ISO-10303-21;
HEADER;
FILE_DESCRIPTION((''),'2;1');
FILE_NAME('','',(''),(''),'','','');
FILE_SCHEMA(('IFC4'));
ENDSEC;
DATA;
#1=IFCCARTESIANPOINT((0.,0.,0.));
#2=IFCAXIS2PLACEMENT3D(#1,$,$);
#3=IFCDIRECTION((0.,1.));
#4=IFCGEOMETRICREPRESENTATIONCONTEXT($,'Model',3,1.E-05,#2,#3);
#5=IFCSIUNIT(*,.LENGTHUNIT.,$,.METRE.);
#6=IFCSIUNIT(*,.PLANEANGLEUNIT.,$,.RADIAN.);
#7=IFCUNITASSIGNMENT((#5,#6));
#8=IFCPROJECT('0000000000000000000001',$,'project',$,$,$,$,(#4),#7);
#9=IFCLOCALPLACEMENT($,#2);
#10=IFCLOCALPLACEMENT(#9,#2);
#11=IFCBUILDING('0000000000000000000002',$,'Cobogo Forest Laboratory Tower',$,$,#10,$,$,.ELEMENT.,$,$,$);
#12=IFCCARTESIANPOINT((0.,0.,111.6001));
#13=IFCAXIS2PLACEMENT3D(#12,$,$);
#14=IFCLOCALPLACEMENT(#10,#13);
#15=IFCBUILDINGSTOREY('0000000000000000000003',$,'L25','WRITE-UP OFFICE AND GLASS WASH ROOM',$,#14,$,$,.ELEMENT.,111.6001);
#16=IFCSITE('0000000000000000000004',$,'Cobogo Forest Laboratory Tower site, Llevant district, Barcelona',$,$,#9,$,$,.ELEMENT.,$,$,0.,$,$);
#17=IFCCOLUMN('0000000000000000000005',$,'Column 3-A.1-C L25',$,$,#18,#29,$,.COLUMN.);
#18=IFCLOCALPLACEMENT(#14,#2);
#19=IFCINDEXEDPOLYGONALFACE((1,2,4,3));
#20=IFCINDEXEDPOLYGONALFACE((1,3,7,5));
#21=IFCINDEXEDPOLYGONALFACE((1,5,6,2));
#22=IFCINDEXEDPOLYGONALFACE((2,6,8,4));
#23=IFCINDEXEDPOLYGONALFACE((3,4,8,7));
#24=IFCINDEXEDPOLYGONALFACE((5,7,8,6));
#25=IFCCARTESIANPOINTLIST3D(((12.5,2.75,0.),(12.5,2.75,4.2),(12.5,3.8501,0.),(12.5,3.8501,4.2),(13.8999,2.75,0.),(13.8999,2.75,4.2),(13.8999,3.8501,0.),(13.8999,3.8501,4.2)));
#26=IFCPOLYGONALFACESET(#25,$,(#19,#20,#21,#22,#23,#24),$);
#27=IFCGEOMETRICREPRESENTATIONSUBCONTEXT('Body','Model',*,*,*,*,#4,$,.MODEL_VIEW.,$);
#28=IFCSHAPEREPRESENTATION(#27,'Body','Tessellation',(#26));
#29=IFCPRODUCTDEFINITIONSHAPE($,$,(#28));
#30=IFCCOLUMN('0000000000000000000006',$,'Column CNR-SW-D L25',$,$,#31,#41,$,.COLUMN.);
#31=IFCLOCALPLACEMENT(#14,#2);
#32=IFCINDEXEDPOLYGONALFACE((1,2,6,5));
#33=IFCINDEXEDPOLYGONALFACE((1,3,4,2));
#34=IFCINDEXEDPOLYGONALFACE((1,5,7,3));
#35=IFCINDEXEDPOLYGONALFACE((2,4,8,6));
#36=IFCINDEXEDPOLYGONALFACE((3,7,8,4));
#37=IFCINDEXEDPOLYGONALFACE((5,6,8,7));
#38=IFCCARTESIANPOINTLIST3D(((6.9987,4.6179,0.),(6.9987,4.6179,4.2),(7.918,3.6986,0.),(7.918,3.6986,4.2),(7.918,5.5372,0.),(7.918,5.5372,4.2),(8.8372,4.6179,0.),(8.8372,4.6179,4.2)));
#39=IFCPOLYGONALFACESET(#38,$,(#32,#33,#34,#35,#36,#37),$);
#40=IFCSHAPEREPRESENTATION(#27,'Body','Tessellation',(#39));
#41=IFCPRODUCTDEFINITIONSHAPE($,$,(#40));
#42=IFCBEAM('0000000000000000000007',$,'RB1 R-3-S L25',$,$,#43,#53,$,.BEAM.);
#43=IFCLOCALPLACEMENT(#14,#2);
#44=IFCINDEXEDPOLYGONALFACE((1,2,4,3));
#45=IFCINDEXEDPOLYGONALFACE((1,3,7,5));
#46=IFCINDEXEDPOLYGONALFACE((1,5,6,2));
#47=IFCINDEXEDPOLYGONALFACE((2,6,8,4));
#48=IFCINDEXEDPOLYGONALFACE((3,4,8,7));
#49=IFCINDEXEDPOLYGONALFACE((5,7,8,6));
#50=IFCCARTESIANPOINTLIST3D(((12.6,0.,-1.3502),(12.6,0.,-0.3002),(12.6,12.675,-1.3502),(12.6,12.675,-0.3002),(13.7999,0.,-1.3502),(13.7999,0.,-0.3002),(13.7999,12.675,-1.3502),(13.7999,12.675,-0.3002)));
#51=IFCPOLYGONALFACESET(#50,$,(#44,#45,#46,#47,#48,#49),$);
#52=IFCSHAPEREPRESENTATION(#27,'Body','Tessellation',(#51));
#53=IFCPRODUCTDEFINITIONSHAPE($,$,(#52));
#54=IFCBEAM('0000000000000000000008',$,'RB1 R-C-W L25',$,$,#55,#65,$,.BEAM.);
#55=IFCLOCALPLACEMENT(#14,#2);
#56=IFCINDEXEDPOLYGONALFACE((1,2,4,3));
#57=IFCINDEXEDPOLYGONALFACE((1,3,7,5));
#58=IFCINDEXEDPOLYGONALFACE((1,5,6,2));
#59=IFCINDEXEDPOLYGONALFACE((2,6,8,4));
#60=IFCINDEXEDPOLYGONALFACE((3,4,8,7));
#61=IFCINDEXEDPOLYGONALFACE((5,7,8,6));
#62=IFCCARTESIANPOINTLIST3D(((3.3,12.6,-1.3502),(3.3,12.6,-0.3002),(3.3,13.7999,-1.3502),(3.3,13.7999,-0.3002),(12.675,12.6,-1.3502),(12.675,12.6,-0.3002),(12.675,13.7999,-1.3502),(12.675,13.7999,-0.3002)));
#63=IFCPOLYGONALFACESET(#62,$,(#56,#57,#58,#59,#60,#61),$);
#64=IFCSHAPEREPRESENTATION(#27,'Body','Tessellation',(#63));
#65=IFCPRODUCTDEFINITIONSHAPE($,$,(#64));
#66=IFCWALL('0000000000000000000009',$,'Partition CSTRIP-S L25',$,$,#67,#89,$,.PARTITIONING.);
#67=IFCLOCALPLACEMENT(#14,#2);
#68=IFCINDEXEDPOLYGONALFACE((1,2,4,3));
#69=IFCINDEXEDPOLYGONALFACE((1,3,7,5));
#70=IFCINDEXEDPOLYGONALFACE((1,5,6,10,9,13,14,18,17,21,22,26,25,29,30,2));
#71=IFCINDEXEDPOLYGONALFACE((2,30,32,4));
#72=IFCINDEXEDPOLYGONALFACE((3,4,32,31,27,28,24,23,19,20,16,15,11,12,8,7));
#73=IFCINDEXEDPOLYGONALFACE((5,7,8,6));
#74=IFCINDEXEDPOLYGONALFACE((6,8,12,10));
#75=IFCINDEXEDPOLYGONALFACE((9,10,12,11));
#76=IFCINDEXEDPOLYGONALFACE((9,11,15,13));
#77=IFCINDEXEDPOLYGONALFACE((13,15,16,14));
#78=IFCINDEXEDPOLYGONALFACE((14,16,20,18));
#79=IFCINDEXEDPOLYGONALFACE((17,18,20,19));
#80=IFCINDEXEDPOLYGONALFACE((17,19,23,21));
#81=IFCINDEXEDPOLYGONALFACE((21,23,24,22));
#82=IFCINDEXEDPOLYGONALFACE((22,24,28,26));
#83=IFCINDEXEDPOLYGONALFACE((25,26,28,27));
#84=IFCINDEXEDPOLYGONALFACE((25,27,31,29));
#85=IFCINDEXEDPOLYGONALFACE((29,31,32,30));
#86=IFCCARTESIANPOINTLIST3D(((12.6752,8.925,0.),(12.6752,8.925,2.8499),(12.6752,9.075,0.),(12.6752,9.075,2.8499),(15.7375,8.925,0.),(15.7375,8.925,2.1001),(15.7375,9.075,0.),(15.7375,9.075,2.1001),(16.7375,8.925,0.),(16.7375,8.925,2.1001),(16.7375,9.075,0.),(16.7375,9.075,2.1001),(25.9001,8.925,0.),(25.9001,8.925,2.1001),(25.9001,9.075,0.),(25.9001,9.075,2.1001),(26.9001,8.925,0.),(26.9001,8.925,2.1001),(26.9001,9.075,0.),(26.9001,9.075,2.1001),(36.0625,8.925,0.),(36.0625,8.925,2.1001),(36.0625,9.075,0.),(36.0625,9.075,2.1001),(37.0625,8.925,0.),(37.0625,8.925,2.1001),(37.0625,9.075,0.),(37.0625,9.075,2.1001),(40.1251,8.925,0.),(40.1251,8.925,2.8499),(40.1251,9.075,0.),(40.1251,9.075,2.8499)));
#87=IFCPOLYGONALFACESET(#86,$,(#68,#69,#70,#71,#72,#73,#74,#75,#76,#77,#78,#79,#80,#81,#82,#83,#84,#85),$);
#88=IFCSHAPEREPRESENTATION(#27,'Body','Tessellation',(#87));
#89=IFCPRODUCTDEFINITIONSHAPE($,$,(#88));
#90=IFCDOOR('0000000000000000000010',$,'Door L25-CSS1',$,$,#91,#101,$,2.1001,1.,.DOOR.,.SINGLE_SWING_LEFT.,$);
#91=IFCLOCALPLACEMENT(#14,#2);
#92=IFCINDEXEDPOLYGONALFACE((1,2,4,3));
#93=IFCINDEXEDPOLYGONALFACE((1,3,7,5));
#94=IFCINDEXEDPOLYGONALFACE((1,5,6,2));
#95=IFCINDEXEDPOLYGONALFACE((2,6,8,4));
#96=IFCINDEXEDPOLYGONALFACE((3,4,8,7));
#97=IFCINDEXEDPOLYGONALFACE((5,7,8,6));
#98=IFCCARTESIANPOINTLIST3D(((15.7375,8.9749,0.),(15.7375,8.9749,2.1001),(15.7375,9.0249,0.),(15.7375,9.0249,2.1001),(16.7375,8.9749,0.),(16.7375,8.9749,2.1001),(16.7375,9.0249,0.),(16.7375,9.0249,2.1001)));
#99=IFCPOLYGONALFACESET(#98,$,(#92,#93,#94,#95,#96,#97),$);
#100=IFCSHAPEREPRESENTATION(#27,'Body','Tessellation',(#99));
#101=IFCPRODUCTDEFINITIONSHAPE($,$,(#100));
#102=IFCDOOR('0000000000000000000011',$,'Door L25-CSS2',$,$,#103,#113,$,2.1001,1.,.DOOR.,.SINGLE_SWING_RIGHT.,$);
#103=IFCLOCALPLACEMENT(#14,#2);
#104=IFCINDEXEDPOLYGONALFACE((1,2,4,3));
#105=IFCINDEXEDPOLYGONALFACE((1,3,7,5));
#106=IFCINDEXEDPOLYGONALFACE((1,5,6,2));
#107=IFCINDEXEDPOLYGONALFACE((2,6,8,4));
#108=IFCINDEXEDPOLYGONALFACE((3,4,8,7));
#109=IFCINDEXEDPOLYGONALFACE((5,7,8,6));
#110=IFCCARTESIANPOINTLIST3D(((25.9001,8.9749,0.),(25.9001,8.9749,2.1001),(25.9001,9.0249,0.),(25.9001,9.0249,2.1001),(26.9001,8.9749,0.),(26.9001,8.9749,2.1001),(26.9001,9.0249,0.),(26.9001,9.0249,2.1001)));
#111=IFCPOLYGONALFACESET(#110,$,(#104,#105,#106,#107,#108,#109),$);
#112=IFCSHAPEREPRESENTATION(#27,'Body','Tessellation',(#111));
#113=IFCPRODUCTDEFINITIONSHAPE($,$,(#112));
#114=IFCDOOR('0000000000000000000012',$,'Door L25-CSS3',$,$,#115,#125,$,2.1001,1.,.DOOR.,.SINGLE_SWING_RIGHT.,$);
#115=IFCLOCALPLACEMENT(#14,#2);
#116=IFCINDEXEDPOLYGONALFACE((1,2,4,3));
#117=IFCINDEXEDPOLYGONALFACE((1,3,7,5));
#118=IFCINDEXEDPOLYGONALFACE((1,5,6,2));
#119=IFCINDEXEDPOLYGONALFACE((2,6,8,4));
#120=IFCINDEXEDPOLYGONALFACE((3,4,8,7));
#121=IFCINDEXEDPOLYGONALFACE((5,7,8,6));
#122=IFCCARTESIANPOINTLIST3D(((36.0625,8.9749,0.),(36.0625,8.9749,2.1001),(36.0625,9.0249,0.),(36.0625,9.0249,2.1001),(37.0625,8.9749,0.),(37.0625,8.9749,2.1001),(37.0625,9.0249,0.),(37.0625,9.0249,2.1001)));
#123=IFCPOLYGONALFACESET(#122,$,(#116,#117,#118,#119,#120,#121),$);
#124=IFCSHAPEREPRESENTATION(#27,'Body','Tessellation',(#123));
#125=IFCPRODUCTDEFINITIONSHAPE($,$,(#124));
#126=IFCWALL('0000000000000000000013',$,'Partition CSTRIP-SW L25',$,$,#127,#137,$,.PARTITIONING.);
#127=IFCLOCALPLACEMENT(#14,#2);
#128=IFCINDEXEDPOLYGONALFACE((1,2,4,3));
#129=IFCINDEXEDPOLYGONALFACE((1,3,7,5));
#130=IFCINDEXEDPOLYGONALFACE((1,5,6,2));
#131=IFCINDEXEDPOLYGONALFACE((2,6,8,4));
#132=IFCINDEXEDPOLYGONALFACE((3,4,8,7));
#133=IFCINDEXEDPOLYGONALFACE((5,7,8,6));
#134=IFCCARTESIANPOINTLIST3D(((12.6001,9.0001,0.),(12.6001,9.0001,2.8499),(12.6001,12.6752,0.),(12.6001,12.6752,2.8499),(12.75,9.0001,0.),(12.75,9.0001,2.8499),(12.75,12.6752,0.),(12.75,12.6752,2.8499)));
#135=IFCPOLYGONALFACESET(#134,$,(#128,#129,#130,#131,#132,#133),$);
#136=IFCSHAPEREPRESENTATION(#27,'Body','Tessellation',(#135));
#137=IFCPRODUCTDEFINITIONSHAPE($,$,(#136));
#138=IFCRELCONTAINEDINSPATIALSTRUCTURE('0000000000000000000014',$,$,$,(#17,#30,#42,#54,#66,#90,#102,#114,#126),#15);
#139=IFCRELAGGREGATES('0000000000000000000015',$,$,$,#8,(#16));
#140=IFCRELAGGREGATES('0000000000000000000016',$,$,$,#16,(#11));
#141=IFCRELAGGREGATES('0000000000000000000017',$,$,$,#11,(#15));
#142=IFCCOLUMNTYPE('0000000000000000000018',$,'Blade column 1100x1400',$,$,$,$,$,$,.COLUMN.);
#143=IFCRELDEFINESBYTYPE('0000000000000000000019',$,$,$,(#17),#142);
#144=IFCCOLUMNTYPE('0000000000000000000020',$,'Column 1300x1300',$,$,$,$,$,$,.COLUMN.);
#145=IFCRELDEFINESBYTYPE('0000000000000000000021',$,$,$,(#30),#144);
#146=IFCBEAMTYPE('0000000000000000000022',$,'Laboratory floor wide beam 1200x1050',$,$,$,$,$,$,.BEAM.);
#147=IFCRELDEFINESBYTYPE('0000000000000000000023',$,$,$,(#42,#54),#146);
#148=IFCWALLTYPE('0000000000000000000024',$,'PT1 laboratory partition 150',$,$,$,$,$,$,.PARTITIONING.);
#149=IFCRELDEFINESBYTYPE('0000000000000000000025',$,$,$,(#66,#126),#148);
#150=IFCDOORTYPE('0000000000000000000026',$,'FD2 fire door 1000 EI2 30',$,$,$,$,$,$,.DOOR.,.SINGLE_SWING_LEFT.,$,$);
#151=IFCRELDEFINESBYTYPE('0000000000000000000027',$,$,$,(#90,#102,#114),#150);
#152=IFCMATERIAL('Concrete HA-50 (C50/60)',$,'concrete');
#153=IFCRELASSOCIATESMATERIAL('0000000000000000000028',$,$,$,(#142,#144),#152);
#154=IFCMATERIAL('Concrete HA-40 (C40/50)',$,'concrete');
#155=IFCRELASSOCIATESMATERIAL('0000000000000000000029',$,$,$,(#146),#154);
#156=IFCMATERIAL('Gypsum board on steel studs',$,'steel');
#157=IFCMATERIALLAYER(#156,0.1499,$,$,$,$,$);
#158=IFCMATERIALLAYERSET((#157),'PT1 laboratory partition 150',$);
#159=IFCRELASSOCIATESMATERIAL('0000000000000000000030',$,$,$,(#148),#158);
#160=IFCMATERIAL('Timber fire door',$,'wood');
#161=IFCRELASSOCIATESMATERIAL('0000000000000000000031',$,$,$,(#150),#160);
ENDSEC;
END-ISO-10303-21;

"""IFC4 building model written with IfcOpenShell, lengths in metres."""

from ifc_helpers import new_model, si_unit, direction, frame, frame_2d, origin, origin_2d, place, context, subcontext, project, spatial, rectangle, extrude, material, layer, layer_set, material_profile, profile_set, type_object, element, fill, save


model = new_model("IFC4")

# Units and contexts
model_context = context("Model", 3, precision=1e-05, world=origin(), true_north=direction((0.0, 1.0)))
body_context = subcontext(model_context, "Body", "Model", "MODEL_VIEW")
ifc_project = project(units=[si_unit("LENGTHUNIT", "METRE"), si_unit("PLANEANGLEUNIT", "RADIAN")], contexts=[model_context])

# Site, building, storey
site_placement = place(None, origin())
site = spatial("IfcSite", under=ifc_project, at=site_placement, Name="Cobogo Forest Laboratory Tower site, Llevant district, Barcelona", CompositionType="ELEMENT", RefElevation=0.0)
building_placement = place(site_placement, origin())
building = spatial("IfcBuilding", under=site, at=building_placement, Name="Cobogo Forest Laboratory Tower", CompositionType="ELEMENT")
storey_placement = place(building_placement, frame((0.0, 0.0, 111.6001)))
storey = spatial("IfcBuildingStorey", under=building, at=storey_placement, Name="L25", Description="WRITE-UP OFFICE AND GLASS WASH ROOM", CompositionType="ELEMENT", Elevation=111.6001)

# Columns
ifc_material_1 = material(Name="Concrete HA-50 (C50/60)", Category="concrete")
ifc_material_profile_1 = material_profile(ifc_material_1, rectangle(XDim=1.3999, YDim=1.1001, at=origin_2d()), Name="RC 1100x1400")
ifc_profile_set_1 = profile_set([ifc_material_profile_1], Name="Concrete HA-50 (C50/60)")
column_type_1 = type_object("IfcColumnType", Name="Blade column 1100x1400", PredefinedType="COLUMN", material=ifc_profile_set_1)
column_1_placement = place(storey_placement, frame((13.2, 3.3, 0.0), z_axis=(0.0, 0.0, 1.0), x_axis=(1.0, 0.0, 0.0)))
element("IfcColumn", 1, at=column_1_placement, inside=storey, type_object=column_type_1, Name="Column 3-A.1-C L25", PredefinedType="COLUMN", context=body_context, shape_type="SweptSolid", body=[
    extrude(rectangle(XDim=1.3999, YDim=1.1001, at=origin_2d()), origin(), (0.0, 0.0, 1.0), 4.2),
])
ifc_material_profile_2 = material_profile(ifc_material_1, rectangle(XDim=1.3, YDim=1.3, at=origin_2d()), Name="RC 1300x1300")
ifc_profile_set_2 = profile_set([ifc_material_profile_2], Name="Concrete HA-50 (C50/60)")
column_type_2 = type_object("IfcColumnType", Name="Column 1300x1300", PredefinedType="COLUMN", material=ifc_profile_set_2)
column_2_placement = place(storey_placement, frame((7.918, 4.6179, 0.0), z_axis=(0.0, 0.0, 1.0), x_axis=(0.707107, 0.707107, 0.0)))
element("IfcColumn", 2, at=column_2_placement, inside=storey, type_object=column_type_2, Name="Column CNR-SW-D L25", PredefinedType="COLUMN", context=body_context, shape_type="SweptSolid", body=[
    extrude(rectangle(XDim=1.3, YDim=1.3, at=origin_2d()), origin(), (0.0, 0.0, 1.0), 4.2),
])

# Beams
ifc_material_2 = material(Name="Concrete HA-40 (C40/50)", Category="concrete")
ifc_material_profile_3 = material_profile(ifc_material_2, rectangle(XDim=1.2, YDim=1.05, at=origin_2d()), Name="RC 1200x1050")
ifc_profile_set_3 = profile_set([ifc_material_profile_3], Name="Concrete HA-40 (C40/50)")
beam_type = type_object("IfcBeamType", Name="Laboratory floor wide beam 1200x1050", PredefinedType="BEAM", material=ifc_profile_set_3)
beam_1_placement = place(storey_placement, frame((13.2, 12.675, -0.8252), z_axis=(0.0, -1.0, 0.0), x_axis=(1.0, 0.0, 0.0)))
element("IfcBeam", 3, at=beam_1_placement, inside=storey, type_object=beam_type, Name="RB1 R-3-S L25", PredefinedType="BEAM", context=body_context, shape_type="SweptSolid", body=[
    extrude(rectangle(XDim=1.2, YDim=1.05, at=origin_2d()), origin(), (0.0, 0.0, 1.0), 12.675),
])
beam_2_placement = place(storey_placement, frame((12.675, 13.2, -0.8252), z_axis=(-1.0, 0.0, 0.0), x_axis=(0.0, -1.0, 0.0)))
element("IfcBeam", 4, at=beam_2_placement, inside=storey, type_object=beam_type, Name="RB1 R-C-W L25", PredefinedType="BEAM", context=body_context, shape_type="SweptSolid", body=[
    extrude(rectangle(XDim=1.2, YDim=1.05, at=origin_2d()), origin(), (0.0, 0.0, 1.0), 9.375),
])

# Wall, openings, doors
ifc_material_3 = material(Name="Gypsum board on steel studs", Category="steel")
ifc_layer_1 = layer(ifc_material_3, 0.1499)
ifc_layer_set_1 = layer_set([ifc_layer_1], Name="PT1 laboratory partition 150")
wall_type_1 = type_object("IfcWallType", Name="PT1 laboratory partition 150", PredefinedType="PARTITIONING", material=ifc_layer_set_1)
wall_1_placement = place(storey_placement, frame((12.675, 9.0, 0.0), z_axis=(0.0, 0.0, 1.0), x_axis=(1.0, 0.0, 0.0)))
wall_1 = element("IfcWall", 5, at=wall_1_placement, inside=storey, type_object=wall_type_1, Name="Partition CSTRIP-S L25", PredefinedType="PARTITIONING", context=body_context, shape_type="SweptSolid", body=[
    extrude(rectangle(XDim=27.45, YDim=0.1499, at=frame_2d((13.7251, 0.0))), origin(), (0.0, 0.0, 1.0), 2.8499),
])
opening_1_placement = place(wall_1_placement, frame((3.0625, 0.0, 0.0)))
opening_1 = element("IfcOpeningElement", 6, at=opening_1_placement, cuts=wall_1, PredefinedType="OPENING", context=body_context, shape_type="SweptSolid", body=[
    extrude(rectangle(XDim=1.0, YDim=2.1001, at=frame_2d((0.5, 1.05))), frame((0.0, 0.085, 0.0), z_axis=(0.0, -1.0, 0.0), x_axis=(1.0, 0.0, 0.0)), (0.0, 0.0, 1.0), 0.1699),
])
opening_2_placement = place(wall_1_placement, frame((13.2251, 0.0, 0.0)))
opening_2 = element("IfcOpeningElement", 7, at=opening_2_placement, cuts=wall_1, PredefinedType="OPENING", context=body_context, shape_type="SweptSolid", body=[
    extrude(rectangle(XDim=1.0, YDim=2.1001, at=frame_2d((0.5, 1.05))), frame((0.0, 0.085, 0.0), z_axis=(0.0, -1.0, 0.0), x_axis=(1.0, 0.0, 0.0)), (0.0, 0.0, 1.0), 0.1699),
])
opening_3_placement = place(wall_1_placement, frame((23.3875, 0.0, 0.0)))
opening_3 = element("IfcOpeningElement", 8, at=opening_3_placement, cuts=wall_1, PredefinedType="OPENING", context=body_context, shape_type="SweptSolid", body=[
    extrude(rectangle(XDim=1.0, YDim=2.1001, at=frame_2d((0.5, 1.05))), frame((0.0, 0.085, 0.0), z_axis=(0.0, -1.0, 0.0), x_axis=(1.0, 0.0, 0.0)), (0.0, 0.0, 1.0), 0.1699),
])
ifc_material_4 = material(Name="Timber fire door", Category="wood")
door_type_1 = type_object("IfcDoorType", Name="FD2 fire door 1000 EI2 30", OperationType="SINGLE_SWING_LEFT", PredefinedType="DOOR", material=ifc_material_4)
door_1_placement = place(opening_1_placement, origin())
door_1 = element("IfcDoor", 9, at=door_1_placement, inside=storey, type_object=door_type_1, Name="Door L25-CSS1", OperationType="SINGLE_SWING_LEFT", OverallHeight=2.1001, OverallWidth=1.0, PredefinedType="DOOR", context=body_context, shape_type="SweptSolid", body=[
    extrude(rectangle(XDim=1.0, YDim=2.1001, at=frame_2d((0.5, 1.05))), frame((0.0, 0.0249, 0.0), z_axis=(0.0, -1.0, 0.0), x_axis=(1.0, 0.0, 0.0)), (0.0, 0.0, 1.0), 0.05),
])
fill(opening_1, door_1)
door_2_placement = place(opening_2_placement, origin())
door_2 = element("IfcDoor", 10, at=door_2_placement, inside=storey, type_object=door_type_1, Name="Door L25-CSS2", OperationType="SINGLE_SWING_RIGHT", OverallHeight=2.1001, OverallWidth=1.0, PredefinedType="DOOR", context=body_context, shape_type="SweptSolid", body=[
    extrude(rectangle(XDim=1.0, YDim=2.1001, at=frame_2d((0.5, 1.05))), frame((0.0, 0.0249, 0.0), z_axis=(0.0, -1.0, 0.0), x_axis=(1.0, 0.0, 0.0)), (0.0, 0.0, 1.0), 0.05),
])
fill(opening_2, door_2)
door_3_placement = place(opening_3_placement, origin())
door_3 = element("IfcDoor", 11, at=door_3_placement, inside=storey, type_object=door_type_1, Name="Door L25-CSS3", OperationType="SINGLE_SWING_RIGHT", OverallHeight=2.1001, OverallWidth=1.0, PredefinedType="DOOR", context=body_context, shape_type="SweptSolid", body=[
    extrude(rectangle(XDim=1.0, YDim=2.1001, at=frame_2d((0.5, 1.05))), frame((0.0, 0.0249, 0.0), z_axis=(0.0, -1.0, 0.0), x_axis=(1.0, 0.0, 0.0)), (0.0, 0.0, 1.0), 0.05),
])
fill(opening_3, door_3)

# Wall
wall_2_placement = place(storey_placement, frame((12.675, 12.675, 0.0), z_axis=(0.0, 0.0, 1.0), x_axis=(0.0, -1.0, 0.0)))
element("IfcWall", 12, at=wall_2_placement, inside=storey, type_object=wall_type_1, Name="Partition CSTRIP-SW L25", PredefinedType="PARTITIONING", context=body_context, shape_type="SweptSolid", body=[
    extrude(rectangle(XDim=3.675, YDim=0.1499, at=frame_2d((1.8374, 0.0))), origin(), (0.0, 0.0, 1.0), 2.8499),
])

save(model, "model.ifc")
